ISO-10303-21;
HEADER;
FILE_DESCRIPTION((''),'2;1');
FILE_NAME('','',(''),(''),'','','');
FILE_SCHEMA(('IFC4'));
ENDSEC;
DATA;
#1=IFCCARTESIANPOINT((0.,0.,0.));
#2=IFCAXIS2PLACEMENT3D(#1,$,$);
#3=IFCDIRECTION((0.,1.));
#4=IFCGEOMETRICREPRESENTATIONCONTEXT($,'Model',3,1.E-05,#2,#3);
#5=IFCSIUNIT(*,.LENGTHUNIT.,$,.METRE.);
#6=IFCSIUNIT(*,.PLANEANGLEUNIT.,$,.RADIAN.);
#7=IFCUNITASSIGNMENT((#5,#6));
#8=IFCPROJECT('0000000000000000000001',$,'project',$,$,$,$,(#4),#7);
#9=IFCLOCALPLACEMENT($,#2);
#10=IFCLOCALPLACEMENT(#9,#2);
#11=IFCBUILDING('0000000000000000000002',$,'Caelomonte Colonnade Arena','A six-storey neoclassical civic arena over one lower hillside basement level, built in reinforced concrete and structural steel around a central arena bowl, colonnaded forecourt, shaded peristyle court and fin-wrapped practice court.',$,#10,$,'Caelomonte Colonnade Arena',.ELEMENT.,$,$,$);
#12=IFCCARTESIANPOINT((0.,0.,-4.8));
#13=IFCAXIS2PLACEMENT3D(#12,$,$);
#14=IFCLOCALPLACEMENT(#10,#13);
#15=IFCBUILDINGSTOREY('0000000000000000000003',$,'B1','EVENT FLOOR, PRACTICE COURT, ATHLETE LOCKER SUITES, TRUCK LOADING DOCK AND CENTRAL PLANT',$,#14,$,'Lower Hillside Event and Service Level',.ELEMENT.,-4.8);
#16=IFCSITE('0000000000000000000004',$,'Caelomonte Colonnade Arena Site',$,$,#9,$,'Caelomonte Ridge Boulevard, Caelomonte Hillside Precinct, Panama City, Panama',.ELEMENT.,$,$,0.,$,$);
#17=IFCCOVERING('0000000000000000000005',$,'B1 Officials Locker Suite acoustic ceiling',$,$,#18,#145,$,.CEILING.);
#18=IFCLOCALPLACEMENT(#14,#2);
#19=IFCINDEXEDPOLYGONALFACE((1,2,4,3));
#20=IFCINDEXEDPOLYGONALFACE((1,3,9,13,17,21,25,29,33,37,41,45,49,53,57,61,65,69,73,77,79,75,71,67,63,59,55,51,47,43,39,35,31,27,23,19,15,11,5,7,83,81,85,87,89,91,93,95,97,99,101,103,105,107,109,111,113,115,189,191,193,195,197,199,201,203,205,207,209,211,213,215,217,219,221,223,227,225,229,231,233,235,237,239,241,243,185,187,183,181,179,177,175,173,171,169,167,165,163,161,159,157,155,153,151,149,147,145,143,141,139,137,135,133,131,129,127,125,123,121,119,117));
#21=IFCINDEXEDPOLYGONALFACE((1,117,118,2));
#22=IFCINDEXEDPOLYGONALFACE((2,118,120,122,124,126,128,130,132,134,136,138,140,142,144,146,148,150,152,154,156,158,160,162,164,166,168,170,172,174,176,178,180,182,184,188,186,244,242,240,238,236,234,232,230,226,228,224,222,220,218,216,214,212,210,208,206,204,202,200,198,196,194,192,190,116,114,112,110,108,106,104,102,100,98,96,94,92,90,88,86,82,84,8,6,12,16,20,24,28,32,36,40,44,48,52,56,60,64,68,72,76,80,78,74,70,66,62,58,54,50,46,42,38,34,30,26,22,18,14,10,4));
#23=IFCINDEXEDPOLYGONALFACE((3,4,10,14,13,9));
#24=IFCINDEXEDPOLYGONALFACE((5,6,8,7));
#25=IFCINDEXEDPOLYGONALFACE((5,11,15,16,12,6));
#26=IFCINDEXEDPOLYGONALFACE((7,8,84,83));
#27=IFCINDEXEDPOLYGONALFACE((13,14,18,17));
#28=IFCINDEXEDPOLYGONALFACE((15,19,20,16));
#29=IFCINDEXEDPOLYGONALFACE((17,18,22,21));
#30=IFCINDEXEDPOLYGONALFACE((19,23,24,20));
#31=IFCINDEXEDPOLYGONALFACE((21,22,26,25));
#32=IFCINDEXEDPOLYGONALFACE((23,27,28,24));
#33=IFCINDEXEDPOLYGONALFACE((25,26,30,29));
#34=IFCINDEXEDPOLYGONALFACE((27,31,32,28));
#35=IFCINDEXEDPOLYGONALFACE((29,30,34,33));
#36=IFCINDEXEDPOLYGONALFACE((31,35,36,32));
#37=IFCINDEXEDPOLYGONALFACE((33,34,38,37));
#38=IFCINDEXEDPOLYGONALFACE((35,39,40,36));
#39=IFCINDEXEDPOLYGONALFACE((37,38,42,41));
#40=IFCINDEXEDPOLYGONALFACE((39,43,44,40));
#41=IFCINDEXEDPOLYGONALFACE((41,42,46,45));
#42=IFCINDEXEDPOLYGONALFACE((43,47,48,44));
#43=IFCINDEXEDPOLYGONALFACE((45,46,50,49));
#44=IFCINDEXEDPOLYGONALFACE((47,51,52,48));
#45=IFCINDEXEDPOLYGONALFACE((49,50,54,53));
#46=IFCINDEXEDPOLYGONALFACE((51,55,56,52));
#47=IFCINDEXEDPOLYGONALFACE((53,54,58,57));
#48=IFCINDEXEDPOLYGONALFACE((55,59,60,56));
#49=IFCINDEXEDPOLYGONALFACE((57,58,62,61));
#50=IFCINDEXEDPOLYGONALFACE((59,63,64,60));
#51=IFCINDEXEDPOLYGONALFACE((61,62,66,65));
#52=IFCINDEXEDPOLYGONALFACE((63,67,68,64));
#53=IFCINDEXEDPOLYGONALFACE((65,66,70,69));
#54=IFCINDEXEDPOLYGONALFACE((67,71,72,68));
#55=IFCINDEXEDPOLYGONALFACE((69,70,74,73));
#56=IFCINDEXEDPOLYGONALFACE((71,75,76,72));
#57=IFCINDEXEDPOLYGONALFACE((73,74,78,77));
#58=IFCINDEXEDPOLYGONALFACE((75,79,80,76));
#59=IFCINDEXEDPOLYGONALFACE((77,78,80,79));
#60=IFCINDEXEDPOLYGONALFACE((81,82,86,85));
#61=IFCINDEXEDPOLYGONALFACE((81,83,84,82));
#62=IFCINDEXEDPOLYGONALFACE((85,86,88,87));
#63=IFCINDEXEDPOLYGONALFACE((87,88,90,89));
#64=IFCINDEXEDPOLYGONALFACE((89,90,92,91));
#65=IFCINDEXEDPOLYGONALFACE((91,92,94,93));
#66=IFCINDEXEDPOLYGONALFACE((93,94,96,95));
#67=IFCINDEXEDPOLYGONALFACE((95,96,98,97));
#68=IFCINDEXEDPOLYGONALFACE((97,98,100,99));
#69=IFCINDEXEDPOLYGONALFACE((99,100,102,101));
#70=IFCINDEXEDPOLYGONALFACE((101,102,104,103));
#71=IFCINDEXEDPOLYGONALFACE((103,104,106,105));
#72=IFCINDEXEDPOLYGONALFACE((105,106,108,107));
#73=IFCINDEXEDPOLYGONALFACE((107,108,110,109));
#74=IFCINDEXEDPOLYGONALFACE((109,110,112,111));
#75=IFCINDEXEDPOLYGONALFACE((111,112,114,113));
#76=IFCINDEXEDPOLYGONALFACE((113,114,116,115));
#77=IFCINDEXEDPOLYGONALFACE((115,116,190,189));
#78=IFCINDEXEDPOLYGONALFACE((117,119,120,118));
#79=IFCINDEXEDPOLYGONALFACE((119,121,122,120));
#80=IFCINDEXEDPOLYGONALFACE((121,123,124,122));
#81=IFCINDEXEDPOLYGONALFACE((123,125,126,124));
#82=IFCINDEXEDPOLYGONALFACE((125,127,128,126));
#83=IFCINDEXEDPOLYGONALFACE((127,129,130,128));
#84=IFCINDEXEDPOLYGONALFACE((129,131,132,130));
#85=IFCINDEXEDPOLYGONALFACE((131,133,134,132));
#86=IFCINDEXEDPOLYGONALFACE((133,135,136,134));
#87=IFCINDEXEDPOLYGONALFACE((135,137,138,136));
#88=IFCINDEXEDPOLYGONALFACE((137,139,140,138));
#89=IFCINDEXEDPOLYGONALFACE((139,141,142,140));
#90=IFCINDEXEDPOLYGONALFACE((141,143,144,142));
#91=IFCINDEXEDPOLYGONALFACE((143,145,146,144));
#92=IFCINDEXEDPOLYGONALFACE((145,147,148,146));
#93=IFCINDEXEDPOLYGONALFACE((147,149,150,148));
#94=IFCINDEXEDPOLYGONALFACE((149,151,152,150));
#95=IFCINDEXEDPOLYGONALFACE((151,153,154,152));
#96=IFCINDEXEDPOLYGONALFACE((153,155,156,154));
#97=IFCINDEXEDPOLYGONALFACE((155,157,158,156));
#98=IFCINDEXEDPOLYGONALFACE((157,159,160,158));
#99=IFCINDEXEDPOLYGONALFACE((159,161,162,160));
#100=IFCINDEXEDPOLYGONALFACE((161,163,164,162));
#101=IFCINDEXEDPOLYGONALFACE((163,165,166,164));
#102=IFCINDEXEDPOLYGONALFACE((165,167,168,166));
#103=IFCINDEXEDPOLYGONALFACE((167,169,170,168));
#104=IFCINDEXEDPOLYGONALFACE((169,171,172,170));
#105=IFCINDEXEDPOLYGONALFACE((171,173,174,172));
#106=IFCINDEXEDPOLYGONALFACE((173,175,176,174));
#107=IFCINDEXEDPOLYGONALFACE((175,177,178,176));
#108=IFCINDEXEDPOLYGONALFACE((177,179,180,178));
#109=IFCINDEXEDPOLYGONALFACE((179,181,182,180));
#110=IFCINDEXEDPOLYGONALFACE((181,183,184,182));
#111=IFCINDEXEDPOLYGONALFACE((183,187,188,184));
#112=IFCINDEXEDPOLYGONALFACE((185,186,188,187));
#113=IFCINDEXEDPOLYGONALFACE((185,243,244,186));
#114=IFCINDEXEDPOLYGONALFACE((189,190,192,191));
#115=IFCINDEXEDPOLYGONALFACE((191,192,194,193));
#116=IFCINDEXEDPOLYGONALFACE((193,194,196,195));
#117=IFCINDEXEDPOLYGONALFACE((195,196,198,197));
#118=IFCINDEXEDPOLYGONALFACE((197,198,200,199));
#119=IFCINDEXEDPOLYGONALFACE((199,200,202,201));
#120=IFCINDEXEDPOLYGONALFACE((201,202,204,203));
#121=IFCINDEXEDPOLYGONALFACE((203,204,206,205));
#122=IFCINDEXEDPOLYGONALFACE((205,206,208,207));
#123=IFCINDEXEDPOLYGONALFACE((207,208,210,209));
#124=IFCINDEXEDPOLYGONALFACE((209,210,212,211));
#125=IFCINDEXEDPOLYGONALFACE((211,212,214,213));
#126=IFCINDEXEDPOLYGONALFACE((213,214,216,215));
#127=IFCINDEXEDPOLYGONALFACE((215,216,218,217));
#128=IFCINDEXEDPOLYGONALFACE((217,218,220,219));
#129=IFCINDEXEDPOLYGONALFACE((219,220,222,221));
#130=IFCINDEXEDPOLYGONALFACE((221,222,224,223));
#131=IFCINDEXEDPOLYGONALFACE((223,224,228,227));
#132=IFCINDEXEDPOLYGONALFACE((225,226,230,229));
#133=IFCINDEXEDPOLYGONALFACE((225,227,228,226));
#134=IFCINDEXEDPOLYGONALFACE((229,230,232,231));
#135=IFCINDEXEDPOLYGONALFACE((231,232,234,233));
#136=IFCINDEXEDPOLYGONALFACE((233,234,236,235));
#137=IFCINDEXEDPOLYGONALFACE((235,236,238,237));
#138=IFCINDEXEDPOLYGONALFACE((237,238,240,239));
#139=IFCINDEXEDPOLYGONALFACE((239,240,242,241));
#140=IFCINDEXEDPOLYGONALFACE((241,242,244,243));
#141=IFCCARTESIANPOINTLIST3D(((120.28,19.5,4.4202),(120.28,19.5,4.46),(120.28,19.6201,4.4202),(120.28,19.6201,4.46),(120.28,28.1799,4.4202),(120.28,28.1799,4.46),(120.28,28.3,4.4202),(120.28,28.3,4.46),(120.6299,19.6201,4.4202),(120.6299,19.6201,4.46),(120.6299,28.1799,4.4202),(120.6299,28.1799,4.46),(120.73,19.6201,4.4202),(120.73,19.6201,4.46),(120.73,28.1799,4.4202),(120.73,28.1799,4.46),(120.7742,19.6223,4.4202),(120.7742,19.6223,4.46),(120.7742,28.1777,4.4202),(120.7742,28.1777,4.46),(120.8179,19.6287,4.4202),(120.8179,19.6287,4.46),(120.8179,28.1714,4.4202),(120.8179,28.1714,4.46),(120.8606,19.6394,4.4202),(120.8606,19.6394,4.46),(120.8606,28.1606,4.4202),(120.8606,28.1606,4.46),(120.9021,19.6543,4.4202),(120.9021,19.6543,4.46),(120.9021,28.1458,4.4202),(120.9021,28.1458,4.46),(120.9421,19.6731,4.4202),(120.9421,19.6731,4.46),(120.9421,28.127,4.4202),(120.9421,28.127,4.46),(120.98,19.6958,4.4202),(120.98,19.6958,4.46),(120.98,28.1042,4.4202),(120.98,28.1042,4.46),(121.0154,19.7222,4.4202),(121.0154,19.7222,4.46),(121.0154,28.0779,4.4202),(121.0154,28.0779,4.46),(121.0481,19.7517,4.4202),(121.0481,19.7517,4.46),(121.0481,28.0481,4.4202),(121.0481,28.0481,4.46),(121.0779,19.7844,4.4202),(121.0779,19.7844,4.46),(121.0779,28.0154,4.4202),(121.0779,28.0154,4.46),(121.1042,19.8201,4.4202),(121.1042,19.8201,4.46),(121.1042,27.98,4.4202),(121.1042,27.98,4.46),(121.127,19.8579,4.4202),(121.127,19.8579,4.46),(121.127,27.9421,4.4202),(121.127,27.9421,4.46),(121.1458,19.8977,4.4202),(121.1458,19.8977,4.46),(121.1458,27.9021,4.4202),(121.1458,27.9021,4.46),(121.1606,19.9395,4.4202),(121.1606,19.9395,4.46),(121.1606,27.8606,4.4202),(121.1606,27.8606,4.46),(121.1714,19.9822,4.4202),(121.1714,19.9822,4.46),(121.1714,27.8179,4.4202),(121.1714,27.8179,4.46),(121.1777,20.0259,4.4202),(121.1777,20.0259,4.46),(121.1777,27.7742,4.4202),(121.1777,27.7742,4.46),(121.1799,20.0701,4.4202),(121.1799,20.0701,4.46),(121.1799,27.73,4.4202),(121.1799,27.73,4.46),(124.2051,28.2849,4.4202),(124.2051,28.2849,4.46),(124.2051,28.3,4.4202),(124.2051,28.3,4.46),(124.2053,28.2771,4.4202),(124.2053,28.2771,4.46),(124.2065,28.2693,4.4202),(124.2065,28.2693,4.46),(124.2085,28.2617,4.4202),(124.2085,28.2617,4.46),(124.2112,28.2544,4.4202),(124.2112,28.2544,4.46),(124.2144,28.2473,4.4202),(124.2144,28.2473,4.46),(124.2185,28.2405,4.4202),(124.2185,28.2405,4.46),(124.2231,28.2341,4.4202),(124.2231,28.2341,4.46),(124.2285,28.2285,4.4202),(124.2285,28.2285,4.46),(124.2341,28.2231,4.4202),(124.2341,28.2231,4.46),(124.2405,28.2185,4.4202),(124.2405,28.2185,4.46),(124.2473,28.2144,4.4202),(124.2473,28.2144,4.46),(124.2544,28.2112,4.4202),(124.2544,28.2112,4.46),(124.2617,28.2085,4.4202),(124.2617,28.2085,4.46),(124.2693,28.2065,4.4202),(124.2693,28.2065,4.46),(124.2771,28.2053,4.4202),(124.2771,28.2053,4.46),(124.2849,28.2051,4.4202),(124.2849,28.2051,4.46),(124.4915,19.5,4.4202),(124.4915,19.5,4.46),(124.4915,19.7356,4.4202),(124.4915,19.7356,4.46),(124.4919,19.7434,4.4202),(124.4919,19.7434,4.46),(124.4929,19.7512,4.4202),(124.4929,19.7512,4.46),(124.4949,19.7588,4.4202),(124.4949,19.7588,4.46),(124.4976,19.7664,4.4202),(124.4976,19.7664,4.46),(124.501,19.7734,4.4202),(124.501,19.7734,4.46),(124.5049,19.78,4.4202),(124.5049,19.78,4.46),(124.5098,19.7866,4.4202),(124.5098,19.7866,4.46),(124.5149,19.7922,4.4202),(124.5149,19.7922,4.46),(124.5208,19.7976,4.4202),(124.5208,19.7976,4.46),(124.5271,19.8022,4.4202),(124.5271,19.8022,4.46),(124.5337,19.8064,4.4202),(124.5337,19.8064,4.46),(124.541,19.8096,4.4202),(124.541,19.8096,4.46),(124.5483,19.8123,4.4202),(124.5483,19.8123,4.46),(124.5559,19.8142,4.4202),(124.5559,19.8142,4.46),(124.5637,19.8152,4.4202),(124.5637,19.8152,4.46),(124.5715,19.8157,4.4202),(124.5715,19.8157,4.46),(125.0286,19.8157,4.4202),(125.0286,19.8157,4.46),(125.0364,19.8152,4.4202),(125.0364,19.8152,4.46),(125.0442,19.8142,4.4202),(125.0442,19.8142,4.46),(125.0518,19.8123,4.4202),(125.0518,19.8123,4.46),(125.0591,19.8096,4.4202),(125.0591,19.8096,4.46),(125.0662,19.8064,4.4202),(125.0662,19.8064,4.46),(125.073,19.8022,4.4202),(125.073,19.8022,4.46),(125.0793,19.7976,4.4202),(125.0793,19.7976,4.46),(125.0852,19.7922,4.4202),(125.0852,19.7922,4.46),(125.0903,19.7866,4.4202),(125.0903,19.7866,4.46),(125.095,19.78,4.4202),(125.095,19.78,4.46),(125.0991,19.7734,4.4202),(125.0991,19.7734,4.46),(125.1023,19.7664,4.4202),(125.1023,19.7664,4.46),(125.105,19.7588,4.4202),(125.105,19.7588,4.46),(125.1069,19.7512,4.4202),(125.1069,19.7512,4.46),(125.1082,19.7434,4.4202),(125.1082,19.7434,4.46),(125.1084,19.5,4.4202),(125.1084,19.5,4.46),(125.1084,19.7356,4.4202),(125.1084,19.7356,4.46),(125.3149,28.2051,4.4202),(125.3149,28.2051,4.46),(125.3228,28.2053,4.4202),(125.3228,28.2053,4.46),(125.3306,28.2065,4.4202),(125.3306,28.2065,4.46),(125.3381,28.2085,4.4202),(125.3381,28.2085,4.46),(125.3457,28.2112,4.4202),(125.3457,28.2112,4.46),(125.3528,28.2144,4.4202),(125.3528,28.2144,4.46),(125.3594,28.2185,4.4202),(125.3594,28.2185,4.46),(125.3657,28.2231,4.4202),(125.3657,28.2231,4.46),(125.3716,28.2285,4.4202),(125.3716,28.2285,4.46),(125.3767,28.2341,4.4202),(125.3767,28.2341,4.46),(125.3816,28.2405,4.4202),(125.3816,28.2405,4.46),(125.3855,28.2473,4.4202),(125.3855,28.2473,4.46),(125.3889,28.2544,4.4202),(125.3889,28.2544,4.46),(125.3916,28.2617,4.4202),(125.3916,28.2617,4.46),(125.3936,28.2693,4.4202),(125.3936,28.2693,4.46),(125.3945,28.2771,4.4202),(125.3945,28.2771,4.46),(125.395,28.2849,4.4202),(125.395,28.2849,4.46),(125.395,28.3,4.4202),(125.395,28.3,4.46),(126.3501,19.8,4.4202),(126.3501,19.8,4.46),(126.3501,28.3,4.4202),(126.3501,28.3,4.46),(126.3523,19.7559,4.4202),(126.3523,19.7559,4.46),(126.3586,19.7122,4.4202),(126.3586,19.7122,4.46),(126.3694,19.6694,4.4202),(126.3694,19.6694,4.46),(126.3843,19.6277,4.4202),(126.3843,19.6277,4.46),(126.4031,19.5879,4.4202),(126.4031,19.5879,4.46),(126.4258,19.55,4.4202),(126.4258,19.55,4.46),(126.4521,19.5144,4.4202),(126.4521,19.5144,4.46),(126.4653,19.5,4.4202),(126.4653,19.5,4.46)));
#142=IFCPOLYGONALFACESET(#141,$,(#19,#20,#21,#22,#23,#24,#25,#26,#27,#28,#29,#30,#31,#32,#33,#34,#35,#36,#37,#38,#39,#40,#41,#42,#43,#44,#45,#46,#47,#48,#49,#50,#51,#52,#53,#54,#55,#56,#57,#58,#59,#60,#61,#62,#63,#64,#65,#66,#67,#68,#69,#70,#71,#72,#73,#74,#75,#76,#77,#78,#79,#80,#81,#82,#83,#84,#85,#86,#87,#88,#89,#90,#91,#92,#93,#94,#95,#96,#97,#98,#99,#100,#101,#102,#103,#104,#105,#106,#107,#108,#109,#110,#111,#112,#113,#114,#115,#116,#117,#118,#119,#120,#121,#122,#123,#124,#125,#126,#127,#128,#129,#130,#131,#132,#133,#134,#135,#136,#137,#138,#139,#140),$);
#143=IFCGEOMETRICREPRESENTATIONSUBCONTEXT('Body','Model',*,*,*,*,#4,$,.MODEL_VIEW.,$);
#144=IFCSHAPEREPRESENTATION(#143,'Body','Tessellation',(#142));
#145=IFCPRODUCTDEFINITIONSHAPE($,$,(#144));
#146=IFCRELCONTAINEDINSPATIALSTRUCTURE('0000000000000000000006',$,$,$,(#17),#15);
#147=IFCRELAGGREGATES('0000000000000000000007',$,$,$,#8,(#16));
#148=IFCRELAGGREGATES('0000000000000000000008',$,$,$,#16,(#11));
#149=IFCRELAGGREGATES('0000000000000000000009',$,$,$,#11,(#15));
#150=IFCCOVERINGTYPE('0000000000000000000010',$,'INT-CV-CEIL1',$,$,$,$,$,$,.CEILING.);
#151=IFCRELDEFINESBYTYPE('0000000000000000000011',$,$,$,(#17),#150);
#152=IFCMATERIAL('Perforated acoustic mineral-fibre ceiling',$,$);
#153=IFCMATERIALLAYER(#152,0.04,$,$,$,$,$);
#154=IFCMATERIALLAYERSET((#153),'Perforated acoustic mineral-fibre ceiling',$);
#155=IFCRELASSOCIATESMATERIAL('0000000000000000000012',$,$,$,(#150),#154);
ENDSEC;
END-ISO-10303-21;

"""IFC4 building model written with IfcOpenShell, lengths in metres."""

from ifc_helpers import new_model, si_unit, direction, frame, origin, place, context, subcontext, project, spatial, polyline, outline, extrude, material, layer, layer_set, type_object, element, save


model = new_model("IFC4")

# Units and contexts
model_context = context("Model", 3, precision=1e-05, world=origin(), true_north=direction((0.0, 1.0)))
body_context = subcontext(model_context, "Body", "Model", "MODEL_VIEW")
ifc_project = project(units=[si_unit("LENGTHUNIT", "METRE"), si_unit("PLANEANGLEUNIT", "RADIAN")], contexts=[model_context])

# Site, building, storey
site_placement = place(None, origin())
site = spatial("IfcSite", under=ifc_project, at=site_placement, Name="Caelomonte Colonnade Arena Site", LongName="Caelomonte Ridge Boulevard, Caelomonte Hillside Precinct, Panama City, Panama", CompositionType="ELEMENT", RefElevation=0.0)
building_placement = place(site_placement, origin())
building = spatial("IfcBuilding", under=site, at=building_placement, Name="Caelomonte Colonnade Arena", Description="A six-storey neoclassical civic arena over one lower hillside basement level, built in reinforced concrete and structural steel around a central arena bowl, colonnaded forecourt, shaded peristyle court and fin-wrapped practice court.", LongName="Caelomonte Colonnade Arena", CompositionType="ELEMENT")
storey_placement = place(building_placement, frame((0.0, 0.0, -4.8)))
storey = spatial("IfcBuildingStorey", under=building, at=storey_placement, Name="B1", Description="EVENT FLOOR, PRACTICE COURT, ATHLETE LOCKER SUITES, TRUCK LOADING DOCK AND CENTRAL PLANT", LongName="Lower Hillside Event and Service Level", CompositionType="ELEMENT", Elevation=-4.8)

# Covering
ifc_material_1 = material(Name="Perforated acoustic mineral-fibre ceiling")
ifc_layer_1 = layer(ifc_material_1, 0.04)
ifc_layer_set_1 = layer_set([ifc_layer_1], Name="Perforated acoustic mineral-fibre ceiling")
covering_type = type_object("IfcCoveringType", Name="INT-CV-CEIL1", PredefinedType="CEILING", material=ifc_layer_set_1)
covering_1_placement = place(storey_placement, frame((0.0, 0.0, 4.4202)))
element("IfcCovering", 1, at=covering_1_placement, inside=storey, type_object=covering_type, Name="B1 Officials Locker Suite acoustic ceiling", PredefinedType="CEILING", context=body_context, shape_type="SweptSolid", body=[
    extrude(outline(polyline([(125.1084, 19.5), (126.4653, 19.5), (126.4521, 19.5144), (126.4258, 19.55), (126.4031, 19.5879), (126.3843, 19.6277), (126.3694, 19.6694), (126.3586, 19.7122), (126.3523, 19.7559), (126.3501, 19.8), (126.3501, 28.3), (125.395, 28.3), (125.395, 28.2849), (125.3945, 28.2771), (125.3936, 28.2693), (125.3916, 28.2617), (125.3889, 28.2544), (125.3855, 28.2473), (125.3816, 28.2405), (125.3767, 28.2341), (125.3716, 28.2285), (125.3657, 28.2231), (125.3594, 28.2185), (125.3528, 28.2144), (125.3457, 28.2112), (125.3381, 28.2085), (125.3306, 28.2065), (125.3228, 28.2053), (125.3149, 28.2051), (124.2849, 28.2051), (124.2771, 28.2053), (124.2693, 28.2065), (124.2617, 28.2085), (124.2544, 28.2112), (124.2473, 28.2144), (124.2405, 28.2185), (124.2341, 28.2231), (124.2285, 28.2285), (124.2231, 28.2341), (124.2185, 28.2405), (124.2144, 28.2473), (124.2112, 28.2544), (124.2085, 28.2617), (124.2065, 28.2693), (124.2053, 28.2771), (124.2051, 28.2849), (124.2051, 28.3), (120.28, 28.3), (120.28, 28.1799), (120.6299, 28.1799), (120.73, 28.1799), (120.7742, 28.1777), (120.8179, 28.1714), (120.8606, 28.1606), (120.9021, 28.1458), (120.9421, 28.127), (120.98, 28.1042), (121.0154, 28.0779), (121.0481, 28.0481), (121.0779, 28.0154), (121.1042, 27.98), (121.127, 27.9421), (121.1458, 27.9021), (121.1606, 27.8606), (121.1714, 27.8179), (121.1777, 27.7742), (121.1799, 27.73), (121.1799, 20.0701), (121.1777, 20.0259), (121.1714, 19.9822), (121.1606, 19.9395), (121.1458, 19.8977), (121.127, 19.8579), (121.1042, 19.8201), (121.0779, 19.7844), (121.0481, 19.7517), (121.0154, 19.7222), (120.98, 19.6958), (120.9421, 19.6731), (120.9021, 19.6543), (120.8606, 19.6394), (120.8179, 19.6287), (120.7742, 19.6223), (120.73, 19.6201), (120.6299, 19.6201), (120.28, 19.6201), (120.28, 19.5), (124.4915, 19.5), (124.4915, 19.7356), (124.4919, 19.7434), (124.4929, 19.7512), (124.4949, 19.7588), (124.4976, 19.7664), (124.501, 19.7734), (124.5049, 19.78), (124.5098, 19.7866), (124.5149, 19.7922), (124.5208, 19.7976), (124.5271, 19.8022), (124.5337, 19.8064), (124.541, 19.8096), (124.5483, 19.8123), (124.5559, 19.8142), (124.5637, 19.8152), (124.5715, 19.8157), (125.0286, 19.8157), (125.0364, 19.8152), (125.0442, 19.8142), (125.0518, 19.8123), (125.0591, 19.8096), (125.0662, 19.8064), (125.073, 19.8022), (125.0793, 19.7976), (125.0852, 19.7922), (125.0903, 19.7866), (125.095, 19.78), (125.0991, 19.7734), (125.1023, 19.7664), (125.105, 19.7588), (125.1069, 19.7512), (125.1082, 19.7434), (125.1084, 19.7356), (125.1084, 19.5)])), origin(), (0.0, 0.0, 1.0), 0.0398),
])

save(model, "model.ifc")
